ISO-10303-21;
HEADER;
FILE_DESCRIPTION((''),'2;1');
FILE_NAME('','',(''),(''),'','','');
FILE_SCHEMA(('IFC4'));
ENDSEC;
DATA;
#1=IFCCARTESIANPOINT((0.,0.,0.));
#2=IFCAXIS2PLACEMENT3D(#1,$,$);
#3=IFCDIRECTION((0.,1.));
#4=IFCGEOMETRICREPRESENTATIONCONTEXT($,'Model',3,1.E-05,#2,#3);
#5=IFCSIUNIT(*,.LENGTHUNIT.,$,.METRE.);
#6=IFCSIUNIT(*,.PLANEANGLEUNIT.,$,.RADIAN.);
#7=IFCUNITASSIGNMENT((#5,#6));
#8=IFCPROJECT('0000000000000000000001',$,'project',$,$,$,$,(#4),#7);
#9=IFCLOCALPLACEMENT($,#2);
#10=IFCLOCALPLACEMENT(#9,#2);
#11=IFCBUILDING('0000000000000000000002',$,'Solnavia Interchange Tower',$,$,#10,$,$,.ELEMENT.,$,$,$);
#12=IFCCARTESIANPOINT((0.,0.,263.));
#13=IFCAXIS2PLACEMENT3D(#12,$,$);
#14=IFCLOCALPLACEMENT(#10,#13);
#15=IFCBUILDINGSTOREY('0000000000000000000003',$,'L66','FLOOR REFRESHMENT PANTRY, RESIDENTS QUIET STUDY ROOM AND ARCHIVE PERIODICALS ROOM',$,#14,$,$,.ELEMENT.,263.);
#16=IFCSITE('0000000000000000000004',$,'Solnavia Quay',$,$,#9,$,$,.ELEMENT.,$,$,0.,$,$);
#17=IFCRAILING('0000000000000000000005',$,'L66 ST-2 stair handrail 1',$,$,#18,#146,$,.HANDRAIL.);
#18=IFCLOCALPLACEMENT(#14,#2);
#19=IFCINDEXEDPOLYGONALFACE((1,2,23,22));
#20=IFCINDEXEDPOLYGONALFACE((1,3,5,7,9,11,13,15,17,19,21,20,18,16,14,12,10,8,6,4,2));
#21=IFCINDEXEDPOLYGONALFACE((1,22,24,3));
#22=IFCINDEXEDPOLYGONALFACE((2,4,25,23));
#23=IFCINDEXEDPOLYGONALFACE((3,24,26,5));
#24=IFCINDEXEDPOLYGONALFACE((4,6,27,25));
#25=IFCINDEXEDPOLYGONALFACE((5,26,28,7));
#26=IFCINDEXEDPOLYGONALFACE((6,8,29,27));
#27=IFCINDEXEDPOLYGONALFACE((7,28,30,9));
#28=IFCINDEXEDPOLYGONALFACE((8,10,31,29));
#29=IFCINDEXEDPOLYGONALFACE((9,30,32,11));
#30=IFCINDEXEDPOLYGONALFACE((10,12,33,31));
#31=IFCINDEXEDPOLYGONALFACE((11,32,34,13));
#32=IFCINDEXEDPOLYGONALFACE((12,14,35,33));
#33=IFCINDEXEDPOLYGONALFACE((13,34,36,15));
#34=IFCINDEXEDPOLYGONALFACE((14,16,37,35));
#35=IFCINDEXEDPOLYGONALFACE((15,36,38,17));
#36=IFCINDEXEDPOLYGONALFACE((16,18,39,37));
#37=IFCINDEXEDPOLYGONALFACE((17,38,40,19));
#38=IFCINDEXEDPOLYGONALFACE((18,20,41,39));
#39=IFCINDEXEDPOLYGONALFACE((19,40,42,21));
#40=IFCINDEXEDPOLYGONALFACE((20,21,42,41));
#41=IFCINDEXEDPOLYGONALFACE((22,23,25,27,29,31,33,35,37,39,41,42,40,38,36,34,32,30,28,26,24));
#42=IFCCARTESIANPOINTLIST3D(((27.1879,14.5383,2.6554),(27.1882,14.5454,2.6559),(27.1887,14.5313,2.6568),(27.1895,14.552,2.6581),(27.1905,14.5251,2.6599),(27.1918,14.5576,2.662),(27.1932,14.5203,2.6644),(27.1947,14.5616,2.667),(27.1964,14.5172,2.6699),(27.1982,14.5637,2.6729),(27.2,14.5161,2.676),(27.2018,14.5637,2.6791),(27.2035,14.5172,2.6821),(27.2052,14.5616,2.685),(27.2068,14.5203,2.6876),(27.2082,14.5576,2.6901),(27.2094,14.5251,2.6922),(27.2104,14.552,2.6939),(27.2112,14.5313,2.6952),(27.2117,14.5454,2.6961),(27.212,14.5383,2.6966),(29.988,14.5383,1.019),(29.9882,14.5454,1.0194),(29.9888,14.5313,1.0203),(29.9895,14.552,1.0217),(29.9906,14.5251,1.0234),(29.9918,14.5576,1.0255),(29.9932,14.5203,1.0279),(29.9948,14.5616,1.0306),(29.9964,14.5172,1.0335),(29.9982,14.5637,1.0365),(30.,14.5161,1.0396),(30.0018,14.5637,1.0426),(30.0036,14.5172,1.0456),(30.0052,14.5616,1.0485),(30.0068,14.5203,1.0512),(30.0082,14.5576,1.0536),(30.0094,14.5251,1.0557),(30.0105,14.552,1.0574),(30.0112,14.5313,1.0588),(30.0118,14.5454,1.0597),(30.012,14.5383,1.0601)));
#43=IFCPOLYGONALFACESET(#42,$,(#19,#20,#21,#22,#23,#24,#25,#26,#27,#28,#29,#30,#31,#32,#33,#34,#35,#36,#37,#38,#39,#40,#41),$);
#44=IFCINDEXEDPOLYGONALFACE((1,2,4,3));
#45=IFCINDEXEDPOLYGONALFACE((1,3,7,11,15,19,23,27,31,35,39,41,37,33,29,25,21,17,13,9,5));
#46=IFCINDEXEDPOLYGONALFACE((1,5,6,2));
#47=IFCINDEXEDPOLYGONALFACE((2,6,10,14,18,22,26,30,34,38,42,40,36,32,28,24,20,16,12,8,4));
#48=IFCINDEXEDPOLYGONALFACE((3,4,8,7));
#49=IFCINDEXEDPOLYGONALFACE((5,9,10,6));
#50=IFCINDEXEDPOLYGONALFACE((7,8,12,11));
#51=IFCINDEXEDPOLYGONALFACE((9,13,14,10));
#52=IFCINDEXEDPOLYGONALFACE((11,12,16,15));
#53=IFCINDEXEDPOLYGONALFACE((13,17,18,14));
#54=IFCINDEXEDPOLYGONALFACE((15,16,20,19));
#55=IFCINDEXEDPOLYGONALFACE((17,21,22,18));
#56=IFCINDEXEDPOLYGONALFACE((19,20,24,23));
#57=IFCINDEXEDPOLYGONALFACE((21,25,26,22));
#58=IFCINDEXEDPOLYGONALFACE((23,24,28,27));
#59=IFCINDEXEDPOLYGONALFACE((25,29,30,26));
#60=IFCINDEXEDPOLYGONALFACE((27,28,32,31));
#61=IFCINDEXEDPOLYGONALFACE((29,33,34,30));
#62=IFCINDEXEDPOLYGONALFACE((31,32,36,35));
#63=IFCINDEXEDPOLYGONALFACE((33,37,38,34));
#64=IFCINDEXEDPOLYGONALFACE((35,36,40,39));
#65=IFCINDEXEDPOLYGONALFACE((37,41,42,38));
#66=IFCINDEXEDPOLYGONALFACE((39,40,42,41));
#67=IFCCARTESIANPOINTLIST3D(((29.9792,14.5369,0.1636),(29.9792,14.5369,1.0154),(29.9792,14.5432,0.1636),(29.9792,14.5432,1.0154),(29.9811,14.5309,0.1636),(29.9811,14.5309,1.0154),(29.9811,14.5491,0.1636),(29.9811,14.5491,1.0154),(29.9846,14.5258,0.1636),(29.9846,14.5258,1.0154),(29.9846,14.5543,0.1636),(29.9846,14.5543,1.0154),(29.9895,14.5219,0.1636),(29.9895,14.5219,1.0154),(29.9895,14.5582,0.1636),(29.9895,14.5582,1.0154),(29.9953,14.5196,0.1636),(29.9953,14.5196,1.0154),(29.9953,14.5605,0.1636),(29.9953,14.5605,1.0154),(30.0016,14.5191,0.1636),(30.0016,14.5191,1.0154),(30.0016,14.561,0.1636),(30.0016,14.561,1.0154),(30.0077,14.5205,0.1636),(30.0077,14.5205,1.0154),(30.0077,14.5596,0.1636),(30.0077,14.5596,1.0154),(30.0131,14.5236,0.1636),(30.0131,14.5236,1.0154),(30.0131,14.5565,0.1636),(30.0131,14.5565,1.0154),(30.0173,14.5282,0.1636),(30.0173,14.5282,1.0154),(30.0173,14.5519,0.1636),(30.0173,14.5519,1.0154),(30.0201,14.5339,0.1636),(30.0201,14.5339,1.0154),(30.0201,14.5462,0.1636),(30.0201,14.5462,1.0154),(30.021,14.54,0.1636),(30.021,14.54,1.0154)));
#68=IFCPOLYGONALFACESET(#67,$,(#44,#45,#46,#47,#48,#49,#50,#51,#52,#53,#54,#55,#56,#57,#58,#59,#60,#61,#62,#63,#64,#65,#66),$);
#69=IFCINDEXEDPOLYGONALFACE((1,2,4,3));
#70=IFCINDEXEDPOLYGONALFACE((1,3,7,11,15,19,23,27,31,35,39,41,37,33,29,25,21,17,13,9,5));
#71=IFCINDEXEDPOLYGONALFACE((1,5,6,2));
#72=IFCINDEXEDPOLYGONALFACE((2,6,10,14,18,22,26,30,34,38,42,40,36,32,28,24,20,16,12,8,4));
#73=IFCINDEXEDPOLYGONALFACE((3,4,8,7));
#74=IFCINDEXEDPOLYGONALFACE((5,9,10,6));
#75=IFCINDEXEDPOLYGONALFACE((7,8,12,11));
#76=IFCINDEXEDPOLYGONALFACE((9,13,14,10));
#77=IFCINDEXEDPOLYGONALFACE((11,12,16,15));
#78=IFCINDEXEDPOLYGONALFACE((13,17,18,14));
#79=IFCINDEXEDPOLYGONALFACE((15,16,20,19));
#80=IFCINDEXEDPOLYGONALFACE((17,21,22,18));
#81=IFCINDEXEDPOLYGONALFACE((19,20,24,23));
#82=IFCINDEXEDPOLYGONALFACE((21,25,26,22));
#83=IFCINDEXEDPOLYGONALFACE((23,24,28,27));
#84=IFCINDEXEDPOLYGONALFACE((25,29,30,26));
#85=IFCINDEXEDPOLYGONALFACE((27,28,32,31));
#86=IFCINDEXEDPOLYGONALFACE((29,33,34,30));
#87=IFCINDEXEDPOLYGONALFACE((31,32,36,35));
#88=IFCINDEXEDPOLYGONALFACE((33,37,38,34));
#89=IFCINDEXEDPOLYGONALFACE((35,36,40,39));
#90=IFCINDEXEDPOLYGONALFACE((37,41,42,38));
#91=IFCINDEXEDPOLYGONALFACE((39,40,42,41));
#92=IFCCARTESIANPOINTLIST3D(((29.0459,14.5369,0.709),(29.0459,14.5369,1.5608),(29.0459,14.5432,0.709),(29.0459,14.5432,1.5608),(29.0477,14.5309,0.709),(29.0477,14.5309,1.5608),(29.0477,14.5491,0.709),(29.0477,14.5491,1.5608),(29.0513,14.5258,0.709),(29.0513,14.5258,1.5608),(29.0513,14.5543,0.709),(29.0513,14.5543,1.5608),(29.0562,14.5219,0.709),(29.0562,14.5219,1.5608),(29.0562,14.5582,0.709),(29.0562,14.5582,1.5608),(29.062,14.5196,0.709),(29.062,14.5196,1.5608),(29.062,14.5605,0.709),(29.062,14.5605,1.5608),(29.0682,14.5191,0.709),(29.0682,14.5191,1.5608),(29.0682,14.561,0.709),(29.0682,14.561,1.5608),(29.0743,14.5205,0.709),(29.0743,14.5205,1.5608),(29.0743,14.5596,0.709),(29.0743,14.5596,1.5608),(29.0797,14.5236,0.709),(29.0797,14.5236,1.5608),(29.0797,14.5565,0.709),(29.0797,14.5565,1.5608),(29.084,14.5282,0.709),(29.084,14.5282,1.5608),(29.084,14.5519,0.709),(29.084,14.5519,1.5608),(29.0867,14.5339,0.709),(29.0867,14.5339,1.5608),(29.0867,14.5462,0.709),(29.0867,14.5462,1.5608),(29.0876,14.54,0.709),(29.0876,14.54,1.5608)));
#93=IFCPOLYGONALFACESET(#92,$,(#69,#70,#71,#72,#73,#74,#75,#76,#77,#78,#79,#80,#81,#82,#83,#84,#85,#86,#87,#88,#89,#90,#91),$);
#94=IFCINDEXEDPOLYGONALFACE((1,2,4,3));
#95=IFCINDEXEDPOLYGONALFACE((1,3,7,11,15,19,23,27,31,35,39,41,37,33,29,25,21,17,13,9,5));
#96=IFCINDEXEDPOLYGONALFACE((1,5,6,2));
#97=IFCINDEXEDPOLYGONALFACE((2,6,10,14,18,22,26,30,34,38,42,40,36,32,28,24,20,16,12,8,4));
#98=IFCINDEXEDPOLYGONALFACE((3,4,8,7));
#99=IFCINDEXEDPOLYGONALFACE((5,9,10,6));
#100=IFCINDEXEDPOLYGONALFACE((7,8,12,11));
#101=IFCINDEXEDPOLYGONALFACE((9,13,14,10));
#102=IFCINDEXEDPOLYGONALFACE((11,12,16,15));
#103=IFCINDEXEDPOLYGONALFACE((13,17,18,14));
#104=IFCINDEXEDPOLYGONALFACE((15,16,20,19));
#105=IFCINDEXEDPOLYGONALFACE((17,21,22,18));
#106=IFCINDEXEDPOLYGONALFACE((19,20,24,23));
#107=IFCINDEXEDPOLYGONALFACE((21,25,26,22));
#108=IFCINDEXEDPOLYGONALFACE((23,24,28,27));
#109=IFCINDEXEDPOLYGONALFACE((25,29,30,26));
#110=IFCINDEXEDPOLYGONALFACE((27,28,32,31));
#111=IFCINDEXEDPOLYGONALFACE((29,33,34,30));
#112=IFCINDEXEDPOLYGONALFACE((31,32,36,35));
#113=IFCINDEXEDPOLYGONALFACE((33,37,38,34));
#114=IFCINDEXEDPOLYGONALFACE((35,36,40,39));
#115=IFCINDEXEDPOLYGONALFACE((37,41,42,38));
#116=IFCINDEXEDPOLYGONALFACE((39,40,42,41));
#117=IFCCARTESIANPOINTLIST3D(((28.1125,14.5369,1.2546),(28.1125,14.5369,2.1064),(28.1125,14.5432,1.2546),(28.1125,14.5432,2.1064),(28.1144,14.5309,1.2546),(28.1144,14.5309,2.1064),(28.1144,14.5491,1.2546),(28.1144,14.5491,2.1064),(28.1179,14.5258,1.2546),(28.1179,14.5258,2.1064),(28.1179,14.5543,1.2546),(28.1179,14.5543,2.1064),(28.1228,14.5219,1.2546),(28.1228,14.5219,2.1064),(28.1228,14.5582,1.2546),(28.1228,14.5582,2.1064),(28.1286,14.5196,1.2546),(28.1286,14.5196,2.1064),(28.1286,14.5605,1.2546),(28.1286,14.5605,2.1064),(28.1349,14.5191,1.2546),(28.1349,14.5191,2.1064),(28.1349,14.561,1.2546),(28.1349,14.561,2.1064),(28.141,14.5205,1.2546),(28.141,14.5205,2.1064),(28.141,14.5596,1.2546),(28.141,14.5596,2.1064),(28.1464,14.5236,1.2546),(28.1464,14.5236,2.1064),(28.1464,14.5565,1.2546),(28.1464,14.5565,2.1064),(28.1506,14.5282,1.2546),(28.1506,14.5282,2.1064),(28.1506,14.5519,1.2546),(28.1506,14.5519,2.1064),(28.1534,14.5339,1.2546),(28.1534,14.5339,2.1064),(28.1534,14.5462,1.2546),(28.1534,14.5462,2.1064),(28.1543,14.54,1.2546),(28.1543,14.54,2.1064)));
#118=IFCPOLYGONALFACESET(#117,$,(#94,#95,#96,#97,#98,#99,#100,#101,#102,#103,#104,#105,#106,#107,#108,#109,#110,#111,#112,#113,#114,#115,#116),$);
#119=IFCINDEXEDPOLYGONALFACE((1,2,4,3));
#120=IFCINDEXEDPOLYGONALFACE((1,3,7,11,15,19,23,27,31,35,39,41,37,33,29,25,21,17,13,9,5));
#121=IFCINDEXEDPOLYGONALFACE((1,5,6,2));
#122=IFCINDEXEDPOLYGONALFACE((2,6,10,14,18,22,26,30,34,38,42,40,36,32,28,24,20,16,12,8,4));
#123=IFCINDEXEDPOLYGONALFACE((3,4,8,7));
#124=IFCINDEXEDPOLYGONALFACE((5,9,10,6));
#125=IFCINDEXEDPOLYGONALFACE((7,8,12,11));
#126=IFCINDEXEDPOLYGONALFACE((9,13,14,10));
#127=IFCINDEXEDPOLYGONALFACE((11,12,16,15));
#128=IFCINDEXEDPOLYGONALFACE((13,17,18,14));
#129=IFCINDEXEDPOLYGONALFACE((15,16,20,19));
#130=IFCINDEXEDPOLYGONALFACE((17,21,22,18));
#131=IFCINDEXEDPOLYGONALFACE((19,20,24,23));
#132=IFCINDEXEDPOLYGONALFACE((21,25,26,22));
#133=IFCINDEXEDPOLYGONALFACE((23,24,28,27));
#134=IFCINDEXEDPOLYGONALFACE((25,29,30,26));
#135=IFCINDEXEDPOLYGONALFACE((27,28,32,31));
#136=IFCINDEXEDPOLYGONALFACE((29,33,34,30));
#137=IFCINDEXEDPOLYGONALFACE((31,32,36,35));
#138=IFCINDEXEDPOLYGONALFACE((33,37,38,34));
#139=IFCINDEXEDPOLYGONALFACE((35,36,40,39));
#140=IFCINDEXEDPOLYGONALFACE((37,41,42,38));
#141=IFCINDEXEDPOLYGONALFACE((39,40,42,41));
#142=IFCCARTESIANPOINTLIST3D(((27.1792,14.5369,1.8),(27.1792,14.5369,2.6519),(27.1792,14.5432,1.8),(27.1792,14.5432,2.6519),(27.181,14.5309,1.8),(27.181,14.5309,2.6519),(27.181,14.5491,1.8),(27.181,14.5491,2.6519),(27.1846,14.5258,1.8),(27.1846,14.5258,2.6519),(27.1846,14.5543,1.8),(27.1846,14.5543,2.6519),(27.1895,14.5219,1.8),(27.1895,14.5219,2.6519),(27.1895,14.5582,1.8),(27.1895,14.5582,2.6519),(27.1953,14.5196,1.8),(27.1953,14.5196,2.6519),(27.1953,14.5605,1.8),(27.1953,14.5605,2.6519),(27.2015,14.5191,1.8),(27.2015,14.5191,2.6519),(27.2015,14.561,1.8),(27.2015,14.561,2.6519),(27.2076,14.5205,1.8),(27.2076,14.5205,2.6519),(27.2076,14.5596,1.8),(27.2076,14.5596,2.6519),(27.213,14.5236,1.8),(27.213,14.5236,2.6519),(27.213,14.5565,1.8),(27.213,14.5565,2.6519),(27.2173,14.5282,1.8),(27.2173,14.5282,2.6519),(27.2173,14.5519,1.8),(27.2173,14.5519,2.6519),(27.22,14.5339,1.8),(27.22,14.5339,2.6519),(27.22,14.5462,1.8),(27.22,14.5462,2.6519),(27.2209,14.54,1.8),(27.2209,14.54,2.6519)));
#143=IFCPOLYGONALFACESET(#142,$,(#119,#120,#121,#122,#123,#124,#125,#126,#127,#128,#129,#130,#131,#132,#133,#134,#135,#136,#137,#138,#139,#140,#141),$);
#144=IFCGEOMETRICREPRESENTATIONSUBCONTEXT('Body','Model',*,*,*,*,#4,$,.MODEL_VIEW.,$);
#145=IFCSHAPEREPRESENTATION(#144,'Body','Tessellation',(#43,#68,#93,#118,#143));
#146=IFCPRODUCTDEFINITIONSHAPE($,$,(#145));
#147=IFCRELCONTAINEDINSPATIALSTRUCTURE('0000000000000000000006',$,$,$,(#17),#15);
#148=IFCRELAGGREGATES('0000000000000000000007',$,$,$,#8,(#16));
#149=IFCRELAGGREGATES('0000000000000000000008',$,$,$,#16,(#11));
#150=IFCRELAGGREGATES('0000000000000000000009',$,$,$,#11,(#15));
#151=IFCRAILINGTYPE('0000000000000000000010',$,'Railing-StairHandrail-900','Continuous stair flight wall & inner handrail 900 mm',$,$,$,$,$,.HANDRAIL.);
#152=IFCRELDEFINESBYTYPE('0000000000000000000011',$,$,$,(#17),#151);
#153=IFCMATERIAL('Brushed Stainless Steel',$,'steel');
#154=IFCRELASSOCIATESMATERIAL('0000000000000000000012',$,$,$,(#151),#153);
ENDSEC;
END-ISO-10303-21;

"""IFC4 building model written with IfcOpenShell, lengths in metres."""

from ifc_helpers import new_model, si_unit, direction, frame, origin, origin_2d, place, context, subcontext, project, spatial, circle, extrude, material, type_object, element, save


model = new_model("IFC4")

# Units and contexts
model_context = context("Model", 3, precision=1e-05, world=origin(), true_north=direction((0.0, 1.0)))
body_context = subcontext(model_context, "Body", "Model", "MODEL_VIEW")
ifc_project = project(units=[si_unit("LENGTHUNIT", "METRE"), si_unit("PLANEANGLEUNIT", "RADIAN")], contexts=[model_context])

# Site, building, storey
site_placement = place(None, origin())
site = spatial("IfcSite", under=ifc_project, at=site_placement, Name="Solnavia Quay", CompositionType="ELEMENT", RefElevation=0.0)
building_placement = place(site_placement, origin())
building = spatial("IfcBuilding", under=site, at=building_placement, Name="Solnavia Interchange Tower", CompositionType="ELEMENT")
storey_placement = place(building_placement, frame((0.0, 0.0, 263.0)))
storey = spatial("IfcBuildingStorey", under=building, at=storey_placement, Name="L66", Description="FLOOR REFRESHMENT PANTRY, RESIDENTS QUIET STUDY ROOM AND ARCHIVE PERIODICALS ROOM", CompositionType="ELEMENT", Elevation=263.0)

# Railing
ifc_material_1 = material(Name="Brushed Stainless Steel", Category="steel")
railing_type_1 = type_object("IfcRailingType", Name="Railing-StairHandrail-900", Description="Continuous stair flight wall & inner handrail 900 mm", PredefinedType="HANDRAIL", material=ifc_material_1)
railing_1_placement = place(storey_placement, frame((30.0, 14.54, 0.1636)))
element("IfcRailing", 1, at=railing_1_placement, inside=storey, type_object=railing_type_1, Name="L66 ST-2 stair handrail 1", PredefinedType="HANDRAIL", context=body_context, shape_type="SweptSolid", body=[
    extrude(circle(Radius=0.0239, at=origin_2d()), frame((0.0, 0.0, 0.876), z_axis=(-0.863361, 0.0, 0.504587), x_axis=(0.0, -1.0, 0.0)), (0.0, 0.0, 1.0), 3.2432),
    extrude(circle(Radius=0.021, at=origin_2d()), origin(), (0.0, 0.0, 1.0), 0.8518),
    extrude(circle(Radius=0.021, at=origin_2d()), frame((-0.9333, 0.0, 0.5454)), (0.0, 0.0, 1.0), 0.8518),
    extrude(circle(Radius=0.021, at=origin_2d()), frame((-1.8667, 0.0, 1.0911)), (0.0, 0.0, 1.0), 0.8518),
    extrude(circle(Radius=0.021, at=origin_2d()), frame((-2.8, 0.0, 1.6365)), (0.0, 0.0, 1.0), 0.8518),
])

save(model, "model.ifc")
